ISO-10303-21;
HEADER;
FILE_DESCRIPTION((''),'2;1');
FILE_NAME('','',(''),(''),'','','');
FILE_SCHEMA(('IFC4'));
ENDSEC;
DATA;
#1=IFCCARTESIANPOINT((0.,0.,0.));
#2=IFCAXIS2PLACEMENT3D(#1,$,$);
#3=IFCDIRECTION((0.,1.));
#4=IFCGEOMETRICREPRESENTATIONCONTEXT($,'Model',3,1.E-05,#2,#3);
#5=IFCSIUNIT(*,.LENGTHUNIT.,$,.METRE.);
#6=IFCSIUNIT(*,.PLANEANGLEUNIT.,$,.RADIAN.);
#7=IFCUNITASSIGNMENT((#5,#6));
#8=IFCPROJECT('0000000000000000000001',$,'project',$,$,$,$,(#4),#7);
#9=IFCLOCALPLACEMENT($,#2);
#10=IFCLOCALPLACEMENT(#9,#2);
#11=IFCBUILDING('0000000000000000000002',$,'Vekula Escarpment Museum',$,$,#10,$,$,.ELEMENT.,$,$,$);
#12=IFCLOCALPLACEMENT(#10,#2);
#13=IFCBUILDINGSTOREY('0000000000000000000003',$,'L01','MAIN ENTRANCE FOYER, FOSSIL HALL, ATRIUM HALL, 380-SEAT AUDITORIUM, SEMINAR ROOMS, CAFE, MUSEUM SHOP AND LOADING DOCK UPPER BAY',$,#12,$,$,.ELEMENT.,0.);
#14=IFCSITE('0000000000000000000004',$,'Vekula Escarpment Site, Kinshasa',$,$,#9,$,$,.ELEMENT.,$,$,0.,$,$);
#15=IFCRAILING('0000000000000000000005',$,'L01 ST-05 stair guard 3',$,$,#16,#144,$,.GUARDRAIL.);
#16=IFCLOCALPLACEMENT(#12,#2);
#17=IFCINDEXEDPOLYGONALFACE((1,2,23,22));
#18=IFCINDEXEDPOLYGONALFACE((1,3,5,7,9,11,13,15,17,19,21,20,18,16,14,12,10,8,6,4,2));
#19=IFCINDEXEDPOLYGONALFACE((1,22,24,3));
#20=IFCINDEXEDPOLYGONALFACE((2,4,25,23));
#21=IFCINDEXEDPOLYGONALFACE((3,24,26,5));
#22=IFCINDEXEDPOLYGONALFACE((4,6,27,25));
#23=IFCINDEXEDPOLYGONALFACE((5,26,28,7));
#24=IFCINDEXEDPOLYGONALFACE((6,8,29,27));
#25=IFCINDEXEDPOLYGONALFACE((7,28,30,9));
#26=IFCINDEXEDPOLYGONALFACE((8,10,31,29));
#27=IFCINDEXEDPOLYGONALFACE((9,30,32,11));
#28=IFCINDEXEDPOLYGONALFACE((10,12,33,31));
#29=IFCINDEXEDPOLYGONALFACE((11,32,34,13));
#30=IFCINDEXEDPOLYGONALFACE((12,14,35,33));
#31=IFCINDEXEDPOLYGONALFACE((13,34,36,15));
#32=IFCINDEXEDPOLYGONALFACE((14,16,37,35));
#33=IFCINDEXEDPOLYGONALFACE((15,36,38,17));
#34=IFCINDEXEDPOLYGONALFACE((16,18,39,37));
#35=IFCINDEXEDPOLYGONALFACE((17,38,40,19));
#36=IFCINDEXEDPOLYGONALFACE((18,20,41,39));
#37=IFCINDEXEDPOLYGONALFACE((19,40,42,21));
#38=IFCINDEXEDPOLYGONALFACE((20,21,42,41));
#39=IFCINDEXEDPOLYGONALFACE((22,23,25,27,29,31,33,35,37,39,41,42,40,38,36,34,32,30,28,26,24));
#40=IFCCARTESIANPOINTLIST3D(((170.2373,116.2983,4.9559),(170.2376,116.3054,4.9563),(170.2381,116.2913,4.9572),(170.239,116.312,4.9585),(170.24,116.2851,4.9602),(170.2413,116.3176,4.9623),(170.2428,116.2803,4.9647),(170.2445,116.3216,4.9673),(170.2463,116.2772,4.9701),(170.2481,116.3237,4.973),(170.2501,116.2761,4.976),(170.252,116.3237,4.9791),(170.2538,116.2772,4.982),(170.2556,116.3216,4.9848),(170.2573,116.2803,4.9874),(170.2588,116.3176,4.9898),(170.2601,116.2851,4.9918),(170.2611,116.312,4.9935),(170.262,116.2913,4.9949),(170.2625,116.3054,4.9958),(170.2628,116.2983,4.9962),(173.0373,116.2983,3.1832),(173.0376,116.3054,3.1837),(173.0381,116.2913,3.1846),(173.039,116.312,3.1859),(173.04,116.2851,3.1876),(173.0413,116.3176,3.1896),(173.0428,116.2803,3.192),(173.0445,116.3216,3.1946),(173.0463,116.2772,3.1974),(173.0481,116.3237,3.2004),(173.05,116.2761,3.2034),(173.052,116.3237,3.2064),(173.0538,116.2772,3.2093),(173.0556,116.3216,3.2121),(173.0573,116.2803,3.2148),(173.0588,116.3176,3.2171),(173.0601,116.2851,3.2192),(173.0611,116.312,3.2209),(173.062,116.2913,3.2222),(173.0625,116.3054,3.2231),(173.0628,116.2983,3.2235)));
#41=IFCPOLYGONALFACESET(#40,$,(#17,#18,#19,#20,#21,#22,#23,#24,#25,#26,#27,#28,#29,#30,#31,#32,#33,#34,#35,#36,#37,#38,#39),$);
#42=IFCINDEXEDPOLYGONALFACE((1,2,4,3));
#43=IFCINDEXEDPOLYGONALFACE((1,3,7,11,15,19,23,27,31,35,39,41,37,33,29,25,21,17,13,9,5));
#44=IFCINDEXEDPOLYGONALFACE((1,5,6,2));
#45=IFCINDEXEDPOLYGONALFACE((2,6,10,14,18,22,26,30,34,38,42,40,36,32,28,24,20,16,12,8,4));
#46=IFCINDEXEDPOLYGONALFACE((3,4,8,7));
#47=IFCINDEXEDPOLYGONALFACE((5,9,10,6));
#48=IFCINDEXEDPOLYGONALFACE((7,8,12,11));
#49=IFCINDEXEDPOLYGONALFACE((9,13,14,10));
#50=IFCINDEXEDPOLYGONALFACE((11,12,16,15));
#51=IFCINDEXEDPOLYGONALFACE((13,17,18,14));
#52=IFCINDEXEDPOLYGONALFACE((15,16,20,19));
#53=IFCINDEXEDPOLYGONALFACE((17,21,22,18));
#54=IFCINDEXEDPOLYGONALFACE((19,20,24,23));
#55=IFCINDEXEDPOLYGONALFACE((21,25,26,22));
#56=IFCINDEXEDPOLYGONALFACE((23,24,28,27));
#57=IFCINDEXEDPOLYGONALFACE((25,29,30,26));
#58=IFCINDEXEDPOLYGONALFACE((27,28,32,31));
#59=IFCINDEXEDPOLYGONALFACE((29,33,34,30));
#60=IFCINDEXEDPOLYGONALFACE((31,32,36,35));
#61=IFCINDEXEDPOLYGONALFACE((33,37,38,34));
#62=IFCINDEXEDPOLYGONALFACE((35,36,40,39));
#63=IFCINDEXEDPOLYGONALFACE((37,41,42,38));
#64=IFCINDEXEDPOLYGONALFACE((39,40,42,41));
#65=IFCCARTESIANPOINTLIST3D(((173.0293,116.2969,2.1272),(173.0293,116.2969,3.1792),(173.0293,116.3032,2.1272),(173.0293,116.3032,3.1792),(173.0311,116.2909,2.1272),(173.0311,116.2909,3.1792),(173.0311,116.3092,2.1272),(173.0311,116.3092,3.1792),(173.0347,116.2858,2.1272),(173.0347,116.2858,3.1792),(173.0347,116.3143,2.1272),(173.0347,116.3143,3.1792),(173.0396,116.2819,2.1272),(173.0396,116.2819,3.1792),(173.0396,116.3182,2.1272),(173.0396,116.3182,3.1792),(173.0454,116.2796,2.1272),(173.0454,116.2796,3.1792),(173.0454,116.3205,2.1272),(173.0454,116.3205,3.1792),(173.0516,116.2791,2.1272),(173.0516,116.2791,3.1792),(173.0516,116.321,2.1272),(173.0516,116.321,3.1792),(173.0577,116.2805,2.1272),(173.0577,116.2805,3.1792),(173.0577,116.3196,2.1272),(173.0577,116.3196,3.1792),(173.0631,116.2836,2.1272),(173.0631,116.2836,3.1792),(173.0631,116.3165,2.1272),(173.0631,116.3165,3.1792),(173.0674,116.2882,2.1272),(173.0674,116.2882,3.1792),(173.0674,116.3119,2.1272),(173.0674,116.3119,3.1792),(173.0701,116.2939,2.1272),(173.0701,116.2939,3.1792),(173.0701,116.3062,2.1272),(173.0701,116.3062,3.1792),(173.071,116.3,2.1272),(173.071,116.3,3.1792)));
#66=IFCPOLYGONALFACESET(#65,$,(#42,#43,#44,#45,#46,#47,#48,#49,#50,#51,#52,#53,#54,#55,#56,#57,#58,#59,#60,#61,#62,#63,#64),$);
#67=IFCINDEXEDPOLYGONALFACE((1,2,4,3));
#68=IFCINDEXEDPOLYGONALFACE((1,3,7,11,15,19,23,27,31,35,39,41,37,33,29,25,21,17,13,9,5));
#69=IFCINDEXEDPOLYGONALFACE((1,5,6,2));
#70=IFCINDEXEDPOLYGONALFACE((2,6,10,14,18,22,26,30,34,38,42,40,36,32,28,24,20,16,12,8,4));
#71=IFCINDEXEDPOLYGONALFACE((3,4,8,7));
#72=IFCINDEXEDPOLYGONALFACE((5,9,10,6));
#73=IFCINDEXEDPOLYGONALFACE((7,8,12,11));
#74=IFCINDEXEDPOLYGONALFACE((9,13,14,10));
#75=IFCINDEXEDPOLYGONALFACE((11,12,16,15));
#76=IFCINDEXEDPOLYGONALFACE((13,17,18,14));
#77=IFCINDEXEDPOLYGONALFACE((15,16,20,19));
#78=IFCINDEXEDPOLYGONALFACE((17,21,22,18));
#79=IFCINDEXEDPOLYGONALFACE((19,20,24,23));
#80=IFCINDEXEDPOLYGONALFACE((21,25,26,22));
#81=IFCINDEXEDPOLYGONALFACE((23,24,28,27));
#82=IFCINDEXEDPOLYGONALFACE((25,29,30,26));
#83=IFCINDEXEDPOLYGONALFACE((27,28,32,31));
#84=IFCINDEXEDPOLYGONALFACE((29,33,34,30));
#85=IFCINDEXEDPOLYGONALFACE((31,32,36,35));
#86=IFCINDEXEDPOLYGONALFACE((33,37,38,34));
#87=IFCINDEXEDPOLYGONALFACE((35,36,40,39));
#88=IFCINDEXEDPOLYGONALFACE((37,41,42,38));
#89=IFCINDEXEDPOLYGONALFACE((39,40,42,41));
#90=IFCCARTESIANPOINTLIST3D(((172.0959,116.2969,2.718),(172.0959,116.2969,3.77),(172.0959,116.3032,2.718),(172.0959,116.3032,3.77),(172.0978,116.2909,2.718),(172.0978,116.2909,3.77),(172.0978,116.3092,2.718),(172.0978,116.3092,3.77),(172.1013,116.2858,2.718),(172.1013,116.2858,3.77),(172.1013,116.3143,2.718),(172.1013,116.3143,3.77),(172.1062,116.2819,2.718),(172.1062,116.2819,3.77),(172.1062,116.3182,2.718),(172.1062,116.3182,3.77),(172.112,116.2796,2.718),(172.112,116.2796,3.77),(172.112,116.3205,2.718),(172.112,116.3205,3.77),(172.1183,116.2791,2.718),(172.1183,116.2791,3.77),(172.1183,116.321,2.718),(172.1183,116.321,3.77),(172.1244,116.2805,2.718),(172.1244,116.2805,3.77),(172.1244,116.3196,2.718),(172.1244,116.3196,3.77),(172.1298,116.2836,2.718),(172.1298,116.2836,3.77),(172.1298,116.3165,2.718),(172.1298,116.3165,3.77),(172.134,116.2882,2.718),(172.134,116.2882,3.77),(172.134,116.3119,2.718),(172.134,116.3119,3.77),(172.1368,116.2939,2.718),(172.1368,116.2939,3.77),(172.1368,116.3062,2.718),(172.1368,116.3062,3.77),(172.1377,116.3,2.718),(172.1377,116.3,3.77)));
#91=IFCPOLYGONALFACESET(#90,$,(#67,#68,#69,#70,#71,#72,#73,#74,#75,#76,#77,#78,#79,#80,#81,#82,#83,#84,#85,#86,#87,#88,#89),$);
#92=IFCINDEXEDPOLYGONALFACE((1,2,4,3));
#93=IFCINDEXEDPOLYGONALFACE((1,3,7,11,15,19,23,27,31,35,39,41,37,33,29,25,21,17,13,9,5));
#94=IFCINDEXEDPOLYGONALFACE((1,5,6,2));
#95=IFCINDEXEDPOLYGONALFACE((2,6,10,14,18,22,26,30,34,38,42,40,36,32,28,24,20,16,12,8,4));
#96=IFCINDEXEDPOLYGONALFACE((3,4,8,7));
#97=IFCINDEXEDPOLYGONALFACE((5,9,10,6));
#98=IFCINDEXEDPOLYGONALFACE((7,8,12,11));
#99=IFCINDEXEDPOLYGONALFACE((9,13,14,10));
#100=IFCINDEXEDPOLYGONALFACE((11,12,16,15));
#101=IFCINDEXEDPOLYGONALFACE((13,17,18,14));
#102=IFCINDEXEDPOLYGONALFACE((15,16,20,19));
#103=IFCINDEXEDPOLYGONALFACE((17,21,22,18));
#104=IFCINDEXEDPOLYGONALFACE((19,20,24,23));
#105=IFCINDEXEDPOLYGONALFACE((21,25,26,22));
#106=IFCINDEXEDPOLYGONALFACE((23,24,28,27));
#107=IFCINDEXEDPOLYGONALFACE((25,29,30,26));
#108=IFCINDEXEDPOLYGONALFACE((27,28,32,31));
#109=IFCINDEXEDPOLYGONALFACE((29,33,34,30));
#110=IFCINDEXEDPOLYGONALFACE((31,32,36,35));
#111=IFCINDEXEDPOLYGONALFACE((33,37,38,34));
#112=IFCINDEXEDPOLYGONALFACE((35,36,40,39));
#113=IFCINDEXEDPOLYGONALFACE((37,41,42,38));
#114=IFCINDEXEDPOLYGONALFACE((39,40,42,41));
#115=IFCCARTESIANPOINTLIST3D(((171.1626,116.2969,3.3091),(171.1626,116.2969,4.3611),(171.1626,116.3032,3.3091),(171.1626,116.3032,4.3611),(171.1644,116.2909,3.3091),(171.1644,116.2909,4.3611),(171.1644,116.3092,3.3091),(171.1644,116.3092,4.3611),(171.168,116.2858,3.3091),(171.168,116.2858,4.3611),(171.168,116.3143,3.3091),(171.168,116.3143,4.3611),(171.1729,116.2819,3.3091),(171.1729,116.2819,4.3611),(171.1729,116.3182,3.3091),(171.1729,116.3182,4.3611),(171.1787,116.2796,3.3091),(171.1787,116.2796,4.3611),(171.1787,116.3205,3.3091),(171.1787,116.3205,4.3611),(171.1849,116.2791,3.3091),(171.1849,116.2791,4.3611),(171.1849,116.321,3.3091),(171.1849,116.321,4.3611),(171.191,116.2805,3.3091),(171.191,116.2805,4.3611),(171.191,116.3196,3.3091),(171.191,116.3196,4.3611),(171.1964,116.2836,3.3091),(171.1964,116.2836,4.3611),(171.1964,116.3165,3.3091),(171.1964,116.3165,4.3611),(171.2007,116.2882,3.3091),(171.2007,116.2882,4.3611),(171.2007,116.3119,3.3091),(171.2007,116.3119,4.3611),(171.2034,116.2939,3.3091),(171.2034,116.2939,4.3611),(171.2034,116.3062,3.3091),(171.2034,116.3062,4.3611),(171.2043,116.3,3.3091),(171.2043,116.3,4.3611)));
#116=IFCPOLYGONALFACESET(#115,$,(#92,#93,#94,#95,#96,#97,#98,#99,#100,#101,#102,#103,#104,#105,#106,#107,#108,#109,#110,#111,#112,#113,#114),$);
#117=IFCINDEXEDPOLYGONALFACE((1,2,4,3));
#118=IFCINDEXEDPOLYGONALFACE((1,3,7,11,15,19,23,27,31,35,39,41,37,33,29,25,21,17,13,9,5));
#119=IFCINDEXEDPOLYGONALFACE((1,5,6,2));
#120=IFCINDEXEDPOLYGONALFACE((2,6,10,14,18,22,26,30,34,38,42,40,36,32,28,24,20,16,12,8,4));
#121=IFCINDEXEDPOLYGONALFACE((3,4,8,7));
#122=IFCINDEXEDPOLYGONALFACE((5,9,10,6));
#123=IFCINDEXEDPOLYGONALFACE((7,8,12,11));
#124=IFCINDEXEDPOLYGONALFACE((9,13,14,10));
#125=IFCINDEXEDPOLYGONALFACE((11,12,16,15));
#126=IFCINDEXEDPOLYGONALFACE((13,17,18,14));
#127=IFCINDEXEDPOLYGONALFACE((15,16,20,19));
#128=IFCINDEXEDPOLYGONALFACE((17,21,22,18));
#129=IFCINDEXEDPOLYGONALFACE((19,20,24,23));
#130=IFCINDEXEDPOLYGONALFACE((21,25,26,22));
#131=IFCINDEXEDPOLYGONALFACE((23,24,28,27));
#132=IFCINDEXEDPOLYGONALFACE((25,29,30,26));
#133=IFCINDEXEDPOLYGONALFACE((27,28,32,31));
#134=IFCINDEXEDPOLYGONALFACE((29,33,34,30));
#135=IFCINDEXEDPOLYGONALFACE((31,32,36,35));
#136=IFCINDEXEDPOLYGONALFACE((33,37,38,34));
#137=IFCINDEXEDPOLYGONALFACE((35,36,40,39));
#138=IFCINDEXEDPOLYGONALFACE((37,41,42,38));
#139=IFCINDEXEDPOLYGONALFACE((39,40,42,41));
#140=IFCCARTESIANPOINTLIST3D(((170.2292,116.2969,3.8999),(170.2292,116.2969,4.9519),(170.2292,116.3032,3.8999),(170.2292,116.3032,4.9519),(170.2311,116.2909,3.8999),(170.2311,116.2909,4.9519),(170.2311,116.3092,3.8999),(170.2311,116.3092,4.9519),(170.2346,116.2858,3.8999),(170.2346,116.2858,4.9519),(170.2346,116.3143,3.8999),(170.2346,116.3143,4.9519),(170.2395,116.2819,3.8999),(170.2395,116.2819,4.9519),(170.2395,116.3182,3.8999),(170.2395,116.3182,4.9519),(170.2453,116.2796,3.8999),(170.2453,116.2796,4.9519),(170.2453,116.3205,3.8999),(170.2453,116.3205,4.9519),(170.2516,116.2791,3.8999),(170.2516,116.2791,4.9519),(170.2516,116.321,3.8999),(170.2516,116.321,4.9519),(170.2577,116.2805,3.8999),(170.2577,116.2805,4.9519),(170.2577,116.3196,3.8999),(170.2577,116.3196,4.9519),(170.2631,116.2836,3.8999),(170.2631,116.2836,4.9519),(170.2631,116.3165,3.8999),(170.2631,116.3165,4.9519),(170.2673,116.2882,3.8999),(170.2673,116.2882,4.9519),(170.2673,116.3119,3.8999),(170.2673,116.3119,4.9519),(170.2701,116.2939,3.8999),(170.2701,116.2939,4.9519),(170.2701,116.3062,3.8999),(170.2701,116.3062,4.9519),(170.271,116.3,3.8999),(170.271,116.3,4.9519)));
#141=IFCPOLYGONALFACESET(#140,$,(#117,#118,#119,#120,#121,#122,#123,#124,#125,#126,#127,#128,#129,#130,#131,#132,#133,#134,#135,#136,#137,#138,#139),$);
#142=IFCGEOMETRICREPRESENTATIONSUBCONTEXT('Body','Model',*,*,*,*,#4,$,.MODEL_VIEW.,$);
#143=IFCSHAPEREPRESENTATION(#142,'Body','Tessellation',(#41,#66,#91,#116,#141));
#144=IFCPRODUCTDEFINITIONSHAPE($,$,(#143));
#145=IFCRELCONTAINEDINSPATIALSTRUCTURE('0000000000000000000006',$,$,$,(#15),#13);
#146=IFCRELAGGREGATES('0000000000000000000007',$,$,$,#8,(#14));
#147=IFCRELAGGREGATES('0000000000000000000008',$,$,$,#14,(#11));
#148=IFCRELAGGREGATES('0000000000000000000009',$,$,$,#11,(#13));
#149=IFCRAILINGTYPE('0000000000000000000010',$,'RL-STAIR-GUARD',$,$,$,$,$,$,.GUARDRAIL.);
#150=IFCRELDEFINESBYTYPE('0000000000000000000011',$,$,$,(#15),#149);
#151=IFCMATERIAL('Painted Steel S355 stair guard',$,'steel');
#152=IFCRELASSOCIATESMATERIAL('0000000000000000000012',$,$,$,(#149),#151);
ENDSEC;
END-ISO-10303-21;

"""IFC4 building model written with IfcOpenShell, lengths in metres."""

from ifc_helpers import new_model, si_unit, direction, frame, origin, origin_2d, place, context, subcontext, project, spatial, circle, extrude, material, type_object, element, save


model = new_model("IFC4")

# Units and contexts
model_context = context("Model", 3, precision=1e-05, world=origin(), true_north=direction((0.0, 1.0)))
body_context = subcontext(model_context, "Body", "Model", "MODEL_VIEW")
ifc_project = project(units=[si_unit("LENGTHUNIT", "METRE"), si_unit("PLANEANGLEUNIT", "RADIAN")], contexts=[model_context])

# Site, building, storey
site_placement = place(None, origin())
site = spatial("IfcSite", under=ifc_project, at=site_placement, Name="Vekula Escarpment Site, Kinshasa", CompositionType="ELEMENT", RefElevation=0.0)
building_placement = place(site_placement, origin())
building = spatial("IfcBuilding", under=site, at=building_placement, Name="Vekula Escarpment Museum", CompositionType="ELEMENT")
storey_placement = place(building_placement, origin())
storey = spatial("IfcBuildingStorey", under=building, at=storey_placement, Name="L01", Description="MAIN ENTRANCE FOYER, FOSSIL HALL, ATRIUM HALL, 380-SEAT AUDITORIUM, SEMINAR ROOMS, CAFE, MUSEUM SHOP AND LOADING DOCK UPPER BAY", CompositionType="ELEMENT", Elevation=0.0)

# Railing
ifc_material_1 = material(Name="Painted Steel S355 stair guard", Category="steel")
railing_type_1 = type_object("IfcRailingType", Name="RL-STAIR-GUARD", PredefinedType="GUARDRAIL", material=ifc_material_1)
railing_1_placement = place(storey_placement, frame((173.05, 116.3, 2.1272)))
element("IfcRailing", 1, at=railing_1_placement, inside=storey, type_object=railing_type_1, Name="L01 ST-05 stair guard 3", PredefinedType="GUARDRAIL", context=body_context, shape_type="SweptSolid", body=[
    extrude(circle(Radius=0.0239, at=origin_2d()), frame((0.0, 0.0, 1.0762), z_axis=(-0.844909, 0.0, 0.53491), x_axis=(0.0, -1.0, 0.0)), (0.0, 0.0, 1.0), 3.314),
    extrude(circle(Radius=0.021, at=origin_2d()), origin(), (0.0, 0.0, 1.0), 1.052),
    extrude(circle(Radius=0.021, at=origin_2d()), frame((-0.9333, 0.0, 0.5908)), (0.0, 0.0, 1.0), 1.052),
    extrude(circle(Radius=0.021, at=origin_2d()), frame((-1.8667, 0.0, 1.1819)), (0.0, 0.0, 1.0), 1.052),
    extrude(circle(Radius=0.021, at=origin_2d()), frame((-2.8, 0.0, 1.7727)), (0.0, 0.0, 1.0), 1.052),
])

save(model, "model.ifc")
